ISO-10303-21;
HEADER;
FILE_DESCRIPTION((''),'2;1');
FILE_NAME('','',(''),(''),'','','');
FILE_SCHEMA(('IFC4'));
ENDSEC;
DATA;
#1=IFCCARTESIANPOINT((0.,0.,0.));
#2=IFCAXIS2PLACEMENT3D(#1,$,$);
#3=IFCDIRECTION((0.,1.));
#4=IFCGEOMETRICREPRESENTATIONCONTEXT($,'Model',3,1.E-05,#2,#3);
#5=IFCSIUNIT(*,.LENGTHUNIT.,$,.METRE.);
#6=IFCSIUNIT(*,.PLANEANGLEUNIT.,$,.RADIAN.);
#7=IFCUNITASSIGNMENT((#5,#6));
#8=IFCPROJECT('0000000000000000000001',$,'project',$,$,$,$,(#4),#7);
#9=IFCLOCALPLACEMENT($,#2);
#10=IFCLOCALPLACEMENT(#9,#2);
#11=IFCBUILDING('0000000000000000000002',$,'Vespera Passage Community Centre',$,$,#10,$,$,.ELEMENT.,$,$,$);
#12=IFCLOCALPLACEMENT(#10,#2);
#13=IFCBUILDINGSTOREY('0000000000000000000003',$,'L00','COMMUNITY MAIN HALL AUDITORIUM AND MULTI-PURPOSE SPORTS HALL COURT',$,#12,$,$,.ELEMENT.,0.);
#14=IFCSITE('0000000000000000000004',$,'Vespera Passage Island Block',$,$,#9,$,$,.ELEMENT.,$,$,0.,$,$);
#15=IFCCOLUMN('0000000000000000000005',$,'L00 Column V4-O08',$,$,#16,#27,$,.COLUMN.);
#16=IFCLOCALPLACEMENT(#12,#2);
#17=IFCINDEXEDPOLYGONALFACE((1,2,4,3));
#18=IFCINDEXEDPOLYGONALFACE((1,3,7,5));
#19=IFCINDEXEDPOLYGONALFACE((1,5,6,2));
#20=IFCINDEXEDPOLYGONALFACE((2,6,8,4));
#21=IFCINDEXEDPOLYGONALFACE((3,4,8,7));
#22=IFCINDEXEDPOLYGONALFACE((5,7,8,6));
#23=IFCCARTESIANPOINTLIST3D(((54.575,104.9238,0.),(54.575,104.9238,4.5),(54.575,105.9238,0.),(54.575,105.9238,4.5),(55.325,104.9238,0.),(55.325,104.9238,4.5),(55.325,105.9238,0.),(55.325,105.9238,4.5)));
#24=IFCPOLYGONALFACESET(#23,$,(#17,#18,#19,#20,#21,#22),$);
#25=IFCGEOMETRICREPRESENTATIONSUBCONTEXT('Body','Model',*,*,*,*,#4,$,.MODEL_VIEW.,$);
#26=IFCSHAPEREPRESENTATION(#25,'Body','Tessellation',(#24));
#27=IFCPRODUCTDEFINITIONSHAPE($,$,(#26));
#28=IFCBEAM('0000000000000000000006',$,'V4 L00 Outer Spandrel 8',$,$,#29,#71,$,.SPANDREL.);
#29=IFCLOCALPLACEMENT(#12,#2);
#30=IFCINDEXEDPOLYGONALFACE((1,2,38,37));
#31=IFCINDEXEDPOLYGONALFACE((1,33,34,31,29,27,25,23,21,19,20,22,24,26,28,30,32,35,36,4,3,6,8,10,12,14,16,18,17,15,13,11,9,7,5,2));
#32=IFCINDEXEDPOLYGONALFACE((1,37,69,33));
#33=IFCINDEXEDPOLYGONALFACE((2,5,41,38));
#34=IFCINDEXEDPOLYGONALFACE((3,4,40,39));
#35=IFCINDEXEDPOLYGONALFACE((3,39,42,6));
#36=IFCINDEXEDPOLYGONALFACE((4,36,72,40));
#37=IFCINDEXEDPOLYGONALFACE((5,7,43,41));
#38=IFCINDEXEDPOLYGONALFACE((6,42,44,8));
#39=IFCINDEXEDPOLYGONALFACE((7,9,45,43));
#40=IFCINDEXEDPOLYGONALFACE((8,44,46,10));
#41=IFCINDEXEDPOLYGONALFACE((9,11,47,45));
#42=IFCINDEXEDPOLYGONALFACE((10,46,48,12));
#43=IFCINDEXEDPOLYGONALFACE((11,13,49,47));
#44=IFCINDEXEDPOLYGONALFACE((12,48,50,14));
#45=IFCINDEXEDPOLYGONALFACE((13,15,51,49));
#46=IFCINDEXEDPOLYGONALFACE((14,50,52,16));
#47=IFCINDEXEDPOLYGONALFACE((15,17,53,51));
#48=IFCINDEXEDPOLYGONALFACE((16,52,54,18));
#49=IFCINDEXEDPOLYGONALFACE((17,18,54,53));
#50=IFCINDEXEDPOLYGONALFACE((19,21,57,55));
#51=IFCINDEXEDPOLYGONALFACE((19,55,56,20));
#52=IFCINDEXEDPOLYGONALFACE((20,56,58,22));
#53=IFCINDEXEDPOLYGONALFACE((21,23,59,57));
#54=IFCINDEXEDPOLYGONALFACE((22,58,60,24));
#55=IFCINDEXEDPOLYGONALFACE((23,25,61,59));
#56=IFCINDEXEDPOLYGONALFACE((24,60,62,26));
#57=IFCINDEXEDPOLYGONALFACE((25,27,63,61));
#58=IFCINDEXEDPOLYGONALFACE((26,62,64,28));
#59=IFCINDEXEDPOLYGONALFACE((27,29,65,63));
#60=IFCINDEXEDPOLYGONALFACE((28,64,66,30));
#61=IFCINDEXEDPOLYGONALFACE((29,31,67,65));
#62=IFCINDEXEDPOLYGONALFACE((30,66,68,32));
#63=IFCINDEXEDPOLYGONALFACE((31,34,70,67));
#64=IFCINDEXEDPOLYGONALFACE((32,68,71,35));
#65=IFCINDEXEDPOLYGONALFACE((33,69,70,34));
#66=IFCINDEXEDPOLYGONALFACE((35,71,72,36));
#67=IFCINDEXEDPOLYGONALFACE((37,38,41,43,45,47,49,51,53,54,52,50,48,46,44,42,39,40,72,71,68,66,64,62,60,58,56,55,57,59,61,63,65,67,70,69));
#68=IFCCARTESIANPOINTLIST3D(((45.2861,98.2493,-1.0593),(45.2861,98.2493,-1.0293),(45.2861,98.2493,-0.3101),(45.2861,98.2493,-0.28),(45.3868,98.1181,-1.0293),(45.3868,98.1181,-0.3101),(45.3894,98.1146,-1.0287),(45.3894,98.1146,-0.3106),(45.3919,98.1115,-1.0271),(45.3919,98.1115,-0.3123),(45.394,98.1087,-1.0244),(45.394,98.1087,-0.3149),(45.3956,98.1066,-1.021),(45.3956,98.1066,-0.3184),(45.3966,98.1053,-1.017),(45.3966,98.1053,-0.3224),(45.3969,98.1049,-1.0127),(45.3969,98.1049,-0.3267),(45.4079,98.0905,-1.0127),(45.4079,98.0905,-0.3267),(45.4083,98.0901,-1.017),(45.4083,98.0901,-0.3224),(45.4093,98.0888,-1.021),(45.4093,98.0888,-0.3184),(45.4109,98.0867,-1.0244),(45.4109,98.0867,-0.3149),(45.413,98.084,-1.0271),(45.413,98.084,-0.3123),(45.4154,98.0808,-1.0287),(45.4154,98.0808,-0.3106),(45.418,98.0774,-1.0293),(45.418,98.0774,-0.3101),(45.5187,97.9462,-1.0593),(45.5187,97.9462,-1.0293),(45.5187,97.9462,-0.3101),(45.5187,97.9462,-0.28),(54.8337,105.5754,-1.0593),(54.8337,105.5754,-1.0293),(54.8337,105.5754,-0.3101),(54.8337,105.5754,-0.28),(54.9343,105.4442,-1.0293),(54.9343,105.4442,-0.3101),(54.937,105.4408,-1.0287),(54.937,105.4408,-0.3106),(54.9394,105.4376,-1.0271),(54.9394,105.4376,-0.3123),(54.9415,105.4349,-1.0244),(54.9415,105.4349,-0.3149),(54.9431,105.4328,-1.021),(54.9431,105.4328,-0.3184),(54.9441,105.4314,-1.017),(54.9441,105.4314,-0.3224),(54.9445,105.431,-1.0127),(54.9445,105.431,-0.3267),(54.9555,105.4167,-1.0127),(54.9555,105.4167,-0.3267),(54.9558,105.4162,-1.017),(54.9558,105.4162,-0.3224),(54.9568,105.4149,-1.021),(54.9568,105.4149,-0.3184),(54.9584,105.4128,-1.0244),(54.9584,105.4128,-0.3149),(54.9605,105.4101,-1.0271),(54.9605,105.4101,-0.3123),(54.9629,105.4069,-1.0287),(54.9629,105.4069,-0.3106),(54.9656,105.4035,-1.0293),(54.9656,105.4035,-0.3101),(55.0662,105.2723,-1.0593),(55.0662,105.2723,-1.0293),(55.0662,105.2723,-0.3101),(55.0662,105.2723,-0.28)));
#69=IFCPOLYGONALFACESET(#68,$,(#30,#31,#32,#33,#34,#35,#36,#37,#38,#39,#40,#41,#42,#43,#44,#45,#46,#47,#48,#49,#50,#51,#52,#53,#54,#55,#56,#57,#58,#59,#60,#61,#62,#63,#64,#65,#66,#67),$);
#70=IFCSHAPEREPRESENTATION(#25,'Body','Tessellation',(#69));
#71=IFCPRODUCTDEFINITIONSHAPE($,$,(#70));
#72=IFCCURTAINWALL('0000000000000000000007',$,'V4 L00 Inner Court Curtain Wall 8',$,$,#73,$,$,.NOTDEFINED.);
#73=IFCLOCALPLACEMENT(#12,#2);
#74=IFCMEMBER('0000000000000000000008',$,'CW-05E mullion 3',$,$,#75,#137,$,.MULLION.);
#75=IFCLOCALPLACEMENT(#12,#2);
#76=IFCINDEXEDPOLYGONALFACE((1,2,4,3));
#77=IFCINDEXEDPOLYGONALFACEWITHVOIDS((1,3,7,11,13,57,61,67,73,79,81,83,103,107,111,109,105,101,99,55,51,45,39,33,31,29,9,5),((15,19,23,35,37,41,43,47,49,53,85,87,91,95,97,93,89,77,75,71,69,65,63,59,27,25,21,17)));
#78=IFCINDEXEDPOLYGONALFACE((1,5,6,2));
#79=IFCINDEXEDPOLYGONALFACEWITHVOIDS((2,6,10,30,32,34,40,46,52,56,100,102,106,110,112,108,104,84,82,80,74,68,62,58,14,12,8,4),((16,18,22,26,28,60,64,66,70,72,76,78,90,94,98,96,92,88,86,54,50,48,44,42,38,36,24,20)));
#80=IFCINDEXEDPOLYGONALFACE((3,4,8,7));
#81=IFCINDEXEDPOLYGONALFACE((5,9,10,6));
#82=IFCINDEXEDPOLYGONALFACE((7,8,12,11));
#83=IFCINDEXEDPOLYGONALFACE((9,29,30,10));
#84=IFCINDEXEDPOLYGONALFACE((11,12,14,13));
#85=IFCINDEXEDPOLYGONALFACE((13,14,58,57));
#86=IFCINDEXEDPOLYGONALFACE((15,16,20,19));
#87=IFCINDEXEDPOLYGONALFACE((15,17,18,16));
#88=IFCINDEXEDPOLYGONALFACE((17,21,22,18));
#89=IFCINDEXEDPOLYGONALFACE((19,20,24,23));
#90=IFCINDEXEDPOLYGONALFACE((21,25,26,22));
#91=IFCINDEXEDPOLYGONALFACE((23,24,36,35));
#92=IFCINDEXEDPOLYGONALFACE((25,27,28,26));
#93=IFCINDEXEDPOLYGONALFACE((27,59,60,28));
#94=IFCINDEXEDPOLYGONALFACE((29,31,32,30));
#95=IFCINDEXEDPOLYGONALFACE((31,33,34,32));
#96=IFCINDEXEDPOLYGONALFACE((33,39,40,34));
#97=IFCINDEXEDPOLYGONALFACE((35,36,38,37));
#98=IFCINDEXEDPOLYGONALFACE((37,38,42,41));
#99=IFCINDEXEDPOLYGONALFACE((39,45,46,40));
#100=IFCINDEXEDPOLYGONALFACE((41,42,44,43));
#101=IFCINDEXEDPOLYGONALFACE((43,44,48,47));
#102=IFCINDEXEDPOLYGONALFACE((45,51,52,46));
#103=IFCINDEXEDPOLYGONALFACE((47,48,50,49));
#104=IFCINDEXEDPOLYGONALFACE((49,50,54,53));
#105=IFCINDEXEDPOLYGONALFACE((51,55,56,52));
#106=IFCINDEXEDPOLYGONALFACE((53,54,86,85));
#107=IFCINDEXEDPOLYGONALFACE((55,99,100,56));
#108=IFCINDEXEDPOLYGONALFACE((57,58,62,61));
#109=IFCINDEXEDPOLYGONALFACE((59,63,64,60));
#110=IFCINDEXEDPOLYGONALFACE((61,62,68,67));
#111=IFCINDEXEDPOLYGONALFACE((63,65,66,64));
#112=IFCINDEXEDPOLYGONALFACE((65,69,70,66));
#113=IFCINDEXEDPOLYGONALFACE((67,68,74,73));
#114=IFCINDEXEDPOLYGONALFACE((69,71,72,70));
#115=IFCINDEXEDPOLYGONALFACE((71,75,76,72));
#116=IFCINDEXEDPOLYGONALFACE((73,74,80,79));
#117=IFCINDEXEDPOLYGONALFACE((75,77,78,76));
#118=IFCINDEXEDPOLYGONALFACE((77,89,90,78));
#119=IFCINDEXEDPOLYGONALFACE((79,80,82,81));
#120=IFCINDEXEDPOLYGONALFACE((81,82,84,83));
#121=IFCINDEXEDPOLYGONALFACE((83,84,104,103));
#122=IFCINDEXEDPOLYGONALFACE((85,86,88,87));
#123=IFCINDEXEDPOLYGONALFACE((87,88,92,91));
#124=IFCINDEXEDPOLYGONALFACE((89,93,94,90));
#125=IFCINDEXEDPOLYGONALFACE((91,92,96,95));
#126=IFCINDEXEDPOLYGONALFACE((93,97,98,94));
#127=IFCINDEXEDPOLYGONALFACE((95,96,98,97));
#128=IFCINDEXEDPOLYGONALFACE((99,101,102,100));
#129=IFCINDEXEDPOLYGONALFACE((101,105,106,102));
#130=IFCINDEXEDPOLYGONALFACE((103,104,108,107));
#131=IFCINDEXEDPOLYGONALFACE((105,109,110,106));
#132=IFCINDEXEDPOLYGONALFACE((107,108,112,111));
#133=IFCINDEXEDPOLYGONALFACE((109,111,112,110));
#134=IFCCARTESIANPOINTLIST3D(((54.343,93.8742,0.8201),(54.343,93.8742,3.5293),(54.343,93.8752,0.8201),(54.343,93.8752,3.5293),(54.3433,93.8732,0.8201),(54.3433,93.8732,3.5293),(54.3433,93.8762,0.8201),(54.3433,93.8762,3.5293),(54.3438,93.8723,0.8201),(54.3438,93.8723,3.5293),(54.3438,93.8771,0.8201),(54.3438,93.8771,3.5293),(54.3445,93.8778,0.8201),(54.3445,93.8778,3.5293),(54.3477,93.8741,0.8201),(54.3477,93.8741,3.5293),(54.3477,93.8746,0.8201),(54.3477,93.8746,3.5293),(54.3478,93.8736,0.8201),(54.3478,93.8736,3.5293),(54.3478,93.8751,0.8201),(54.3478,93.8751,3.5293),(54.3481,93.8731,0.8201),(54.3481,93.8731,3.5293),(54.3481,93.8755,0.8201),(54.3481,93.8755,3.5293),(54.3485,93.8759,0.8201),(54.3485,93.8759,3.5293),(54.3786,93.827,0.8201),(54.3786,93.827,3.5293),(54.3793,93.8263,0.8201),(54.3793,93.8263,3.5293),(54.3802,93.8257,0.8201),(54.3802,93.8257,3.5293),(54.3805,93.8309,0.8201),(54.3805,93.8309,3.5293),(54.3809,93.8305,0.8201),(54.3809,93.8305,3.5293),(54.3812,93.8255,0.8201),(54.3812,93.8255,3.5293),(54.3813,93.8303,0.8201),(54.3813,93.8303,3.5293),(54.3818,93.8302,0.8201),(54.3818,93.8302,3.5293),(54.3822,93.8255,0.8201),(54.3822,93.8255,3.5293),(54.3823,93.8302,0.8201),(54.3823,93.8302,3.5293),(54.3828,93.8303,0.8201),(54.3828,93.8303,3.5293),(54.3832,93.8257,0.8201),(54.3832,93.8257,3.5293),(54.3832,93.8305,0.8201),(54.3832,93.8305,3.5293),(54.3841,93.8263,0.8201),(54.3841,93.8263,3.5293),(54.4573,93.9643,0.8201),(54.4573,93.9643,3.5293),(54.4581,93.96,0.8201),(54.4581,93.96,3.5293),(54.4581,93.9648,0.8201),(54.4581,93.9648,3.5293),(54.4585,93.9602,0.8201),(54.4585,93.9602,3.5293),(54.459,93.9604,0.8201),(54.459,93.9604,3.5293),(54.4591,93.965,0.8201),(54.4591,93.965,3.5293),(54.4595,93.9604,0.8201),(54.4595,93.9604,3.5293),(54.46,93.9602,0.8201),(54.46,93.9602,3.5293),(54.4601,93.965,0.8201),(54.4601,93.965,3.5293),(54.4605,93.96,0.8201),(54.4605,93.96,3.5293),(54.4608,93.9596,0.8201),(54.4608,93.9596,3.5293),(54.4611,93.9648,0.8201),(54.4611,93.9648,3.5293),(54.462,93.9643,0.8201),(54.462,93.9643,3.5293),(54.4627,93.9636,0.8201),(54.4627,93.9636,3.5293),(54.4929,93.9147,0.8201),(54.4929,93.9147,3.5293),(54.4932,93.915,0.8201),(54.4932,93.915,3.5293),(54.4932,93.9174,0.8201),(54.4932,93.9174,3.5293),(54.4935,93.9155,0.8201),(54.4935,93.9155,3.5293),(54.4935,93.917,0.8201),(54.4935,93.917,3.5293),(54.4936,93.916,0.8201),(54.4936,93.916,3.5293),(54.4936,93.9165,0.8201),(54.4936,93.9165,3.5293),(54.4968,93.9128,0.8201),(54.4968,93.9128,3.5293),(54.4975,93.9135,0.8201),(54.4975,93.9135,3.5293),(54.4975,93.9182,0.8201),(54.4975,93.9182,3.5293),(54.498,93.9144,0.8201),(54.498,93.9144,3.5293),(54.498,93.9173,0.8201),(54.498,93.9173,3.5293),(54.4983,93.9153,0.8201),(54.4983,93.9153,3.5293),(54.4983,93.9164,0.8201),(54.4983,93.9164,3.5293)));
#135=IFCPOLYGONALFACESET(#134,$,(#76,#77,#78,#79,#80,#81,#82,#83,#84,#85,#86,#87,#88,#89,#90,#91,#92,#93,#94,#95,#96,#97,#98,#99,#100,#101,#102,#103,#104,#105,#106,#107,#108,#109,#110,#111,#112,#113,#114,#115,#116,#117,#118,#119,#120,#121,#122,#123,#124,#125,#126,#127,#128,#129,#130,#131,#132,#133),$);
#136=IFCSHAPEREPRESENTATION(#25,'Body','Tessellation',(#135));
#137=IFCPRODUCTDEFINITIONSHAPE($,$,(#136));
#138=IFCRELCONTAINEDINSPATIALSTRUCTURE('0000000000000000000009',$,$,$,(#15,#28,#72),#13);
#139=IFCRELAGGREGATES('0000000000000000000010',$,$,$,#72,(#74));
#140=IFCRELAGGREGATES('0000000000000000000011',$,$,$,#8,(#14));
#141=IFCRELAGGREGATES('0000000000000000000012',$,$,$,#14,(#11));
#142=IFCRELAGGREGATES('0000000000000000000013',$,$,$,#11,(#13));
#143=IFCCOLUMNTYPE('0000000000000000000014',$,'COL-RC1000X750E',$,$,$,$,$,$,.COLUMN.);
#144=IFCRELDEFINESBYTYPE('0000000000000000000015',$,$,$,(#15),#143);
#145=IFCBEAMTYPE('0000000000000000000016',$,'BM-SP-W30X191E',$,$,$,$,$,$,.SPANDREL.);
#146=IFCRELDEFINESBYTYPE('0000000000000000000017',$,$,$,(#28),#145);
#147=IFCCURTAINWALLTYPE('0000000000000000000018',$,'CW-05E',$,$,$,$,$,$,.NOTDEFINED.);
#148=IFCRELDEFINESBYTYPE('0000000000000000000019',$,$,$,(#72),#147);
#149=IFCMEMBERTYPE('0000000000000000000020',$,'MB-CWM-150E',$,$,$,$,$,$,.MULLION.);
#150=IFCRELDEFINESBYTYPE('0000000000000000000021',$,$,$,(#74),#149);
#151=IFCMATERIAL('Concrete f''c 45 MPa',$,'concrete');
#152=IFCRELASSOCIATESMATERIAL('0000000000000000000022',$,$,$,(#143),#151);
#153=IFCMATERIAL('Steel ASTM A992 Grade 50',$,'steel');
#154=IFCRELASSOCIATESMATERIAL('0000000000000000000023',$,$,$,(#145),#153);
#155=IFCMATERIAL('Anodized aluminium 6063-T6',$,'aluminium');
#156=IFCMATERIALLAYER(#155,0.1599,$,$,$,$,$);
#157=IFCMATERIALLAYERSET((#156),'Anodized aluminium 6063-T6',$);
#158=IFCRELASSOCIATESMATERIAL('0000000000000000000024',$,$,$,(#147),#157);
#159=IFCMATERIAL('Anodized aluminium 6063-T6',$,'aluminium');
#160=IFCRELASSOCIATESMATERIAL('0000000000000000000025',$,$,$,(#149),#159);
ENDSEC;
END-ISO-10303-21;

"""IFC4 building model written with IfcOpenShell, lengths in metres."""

from ifc_helpers import new_model, si_unit, direction, frame, origin, origin_2d, place, context, subcontext, project, spatial, rectangle, hollow_rectangle, i_section, extrude, material, layer, layer_set, material_profile, profile_set, type_object, element, aggregate, save


model = new_model("IFC4")

# Units and contexts
model_context = context("Model", 3, precision=1e-05, world=origin(), true_north=direction((0.0, 1.0)))
body_context = subcontext(model_context, "Body", "Model", "MODEL_VIEW")
ifc_project = project(units=[si_unit("LENGTHUNIT", "METRE"), si_unit("PLANEANGLEUNIT", "RADIAN")], contexts=[model_context])

# Site, building, storey
site_placement = place(None, origin())
site = spatial("IfcSite", under=ifc_project, at=site_placement, Name="Vespera Passage Island Block", CompositionType="ELEMENT", RefElevation=0.0)
building_placement = place(site_placement, origin())
building = spatial("IfcBuilding", under=site, at=building_placement, Name="Vespera Passage Community Centre", CompositionType="ELEMENT")
storey_placement = place(building_placement, origin())
storey = spatial("IfcBuildingStorey", under=building, at=storey_placement, Name="L00", Description="COMMUNITY MAIN HALL AUDITORIUM AND MULTI-PURPOSE SPORTS HALL COURT", CompositionType="ELEMENT", Elevation=0.0)

# Column
ifc_material_1 = material(Name="Concrete f'c 45 MPa", Category="concrete")
ifc_material_profile_1 = material_profile(ifc_material_1, rectangle(XDim=0.75, YDim=1.0, at=origin_2d()), Name="RC1000X750")
ifc_profile_set_1 = profile_set([ifc_material_profile_1], Name="Concrete f'c 45 MPa")
column_type = type_object("IfcColumnType", Name="COL-RC1000X750E", PredefinedType="COLUMN", material=ifc_profile_set_1)
column_placement = place(storey_placement, frame((54.95, 105.4238, 0.0), z_axis=(0.0, 0.0, 1.0), x_axis=(1.0, 0.0, 0.0)))
element("IfcColumn", 1, at=column_placement, inside=storey, type_object=column_type, Name="L00 Column V4-O08", PredefinedType="COLUMN", context=body_context, shape_type="SweptSolid", body=[
    extrude(rectangle(XDim=0.75, YDim=1.0, at=origin_2d()), origin(), (0.0, 0.0, 1.0), 4.5),
])

# Beam
ifc_material_2 = material(Name="Steel ASTM A992 Grade 50", Category="steel")
ifc_material_profile_2 = material_profile(ifc_material_2, i_section(OverallWidth=0.3821, OverallDepth=0.7793, WebThickness=0.0181, FlangeThickness=0.03, FilletRadius=0.0166, at=origin_2d()), Name="W30X191")
ifc_profile_set_2 = profile_set([ifc_material_profile_2], Name="Steel ASTM A992 Grade 50")
beam_type = type_object("IfcBeamType", Name="BM-SP-W30X191E", PredefinedType="SPANDREL", material=ifc_profile_set_2)
beam_placement = place(storey_placement, frame((54.95, 105.4238, -0.6697), z_axis=(-0.793352, -0.608763, 0.0), x_axis=(0.608763, -0.793352, 0.0)))
element("IfcBeam", 2, at=beam_placement, inside=storey, type_object=beam_type, Name="V4 L00 Outer Spandrel 8", PredefinedType="SPANDREL", context=body_context, shape_type="SweptSolid", body=[
    extrude(i_section(OverallWidth=0.3821, OverallDepth=0.7793, WebThickness=0.0181, FlangeThickness=0.03, FilletRadius=0.0166, at=origin_2d()), origin(), (0.0, 0.0, 1.0), 12.0344),
])

# Curtain wall, member
ifc_material_3 = material(Name="Anodized aluminium 6063-T6", Category="aluminium")
ifc_layer_1 = layer(ifc_material_3, 0.1599)
ifc_layer_set_1 = layer_set([ifc_layer_1], Name="Anodized aluminium 6063-T6")
curtain_wall_type_1 = type_object("IfcCurtainWallType", Name="CW-05E", PredefinedType="NOTDEFINED", material=ifc_layer_set_1)
curtain_wall_1_placement = place(storey_placement, origin())
curtain_wall_1 = element("IfcCurtainWall", 3, at=curtain_wall_1_placement, inside=storey, type_object=curtain_wall_type_1, Name="V4 L00 Inner Court Curtain Wall 8", PredefinedType="NOTDEFINED")
ifc_material_4 = material(Name="Anodized aluminium 6063-T6", Category="aluminium")
ifc_material_profile_3 = material_profile(ifc_material_4, hollow_rectangle(XDim=0.0649, YDim=0.1499, WallThickness=0.0039, InnerFilletRadius=0.002, OuterFilletRadius=0.0039, at=origin_2d()), Name="ALU150X65X4")
ifc_profile_set_3 = profile_set([ifc_material_profile_3], Name="Anodized aluminium 6063-T6")
member_type_1 = type_object("IfcMemberType", Name="MB-CWM-150E", PredefinedType="MULLION", material=ifc_profile_set_3)
member_1_placement = place(storey_placement, frame((54.4207, 93.8953, 0.8201), z_axis=(0.0, 0.0, 1.0), x_axis=(0.608755, -0.793358, 0.0)))
member_1 = element("IfcMember", 4, at=member_1_placement, type_object=member_type_1, Name="CW-05E mullion 3", PredefinedType="MULLION", context=body_context, shape_type="SweptSolid", body=[
    extrude(hollow_rectangle(XDim=0.0649, YDim=0.1499, WallThickness=0.0039, InnerFilletRadius=0.002, OuterFilletRadius=0.0039, at=origin_2d()), origin(), (0.0, 0.0, 1.0), 2.7092),
])

aggregate(curtain_wall_1, [member_1])

save(model, "model.ifc")
